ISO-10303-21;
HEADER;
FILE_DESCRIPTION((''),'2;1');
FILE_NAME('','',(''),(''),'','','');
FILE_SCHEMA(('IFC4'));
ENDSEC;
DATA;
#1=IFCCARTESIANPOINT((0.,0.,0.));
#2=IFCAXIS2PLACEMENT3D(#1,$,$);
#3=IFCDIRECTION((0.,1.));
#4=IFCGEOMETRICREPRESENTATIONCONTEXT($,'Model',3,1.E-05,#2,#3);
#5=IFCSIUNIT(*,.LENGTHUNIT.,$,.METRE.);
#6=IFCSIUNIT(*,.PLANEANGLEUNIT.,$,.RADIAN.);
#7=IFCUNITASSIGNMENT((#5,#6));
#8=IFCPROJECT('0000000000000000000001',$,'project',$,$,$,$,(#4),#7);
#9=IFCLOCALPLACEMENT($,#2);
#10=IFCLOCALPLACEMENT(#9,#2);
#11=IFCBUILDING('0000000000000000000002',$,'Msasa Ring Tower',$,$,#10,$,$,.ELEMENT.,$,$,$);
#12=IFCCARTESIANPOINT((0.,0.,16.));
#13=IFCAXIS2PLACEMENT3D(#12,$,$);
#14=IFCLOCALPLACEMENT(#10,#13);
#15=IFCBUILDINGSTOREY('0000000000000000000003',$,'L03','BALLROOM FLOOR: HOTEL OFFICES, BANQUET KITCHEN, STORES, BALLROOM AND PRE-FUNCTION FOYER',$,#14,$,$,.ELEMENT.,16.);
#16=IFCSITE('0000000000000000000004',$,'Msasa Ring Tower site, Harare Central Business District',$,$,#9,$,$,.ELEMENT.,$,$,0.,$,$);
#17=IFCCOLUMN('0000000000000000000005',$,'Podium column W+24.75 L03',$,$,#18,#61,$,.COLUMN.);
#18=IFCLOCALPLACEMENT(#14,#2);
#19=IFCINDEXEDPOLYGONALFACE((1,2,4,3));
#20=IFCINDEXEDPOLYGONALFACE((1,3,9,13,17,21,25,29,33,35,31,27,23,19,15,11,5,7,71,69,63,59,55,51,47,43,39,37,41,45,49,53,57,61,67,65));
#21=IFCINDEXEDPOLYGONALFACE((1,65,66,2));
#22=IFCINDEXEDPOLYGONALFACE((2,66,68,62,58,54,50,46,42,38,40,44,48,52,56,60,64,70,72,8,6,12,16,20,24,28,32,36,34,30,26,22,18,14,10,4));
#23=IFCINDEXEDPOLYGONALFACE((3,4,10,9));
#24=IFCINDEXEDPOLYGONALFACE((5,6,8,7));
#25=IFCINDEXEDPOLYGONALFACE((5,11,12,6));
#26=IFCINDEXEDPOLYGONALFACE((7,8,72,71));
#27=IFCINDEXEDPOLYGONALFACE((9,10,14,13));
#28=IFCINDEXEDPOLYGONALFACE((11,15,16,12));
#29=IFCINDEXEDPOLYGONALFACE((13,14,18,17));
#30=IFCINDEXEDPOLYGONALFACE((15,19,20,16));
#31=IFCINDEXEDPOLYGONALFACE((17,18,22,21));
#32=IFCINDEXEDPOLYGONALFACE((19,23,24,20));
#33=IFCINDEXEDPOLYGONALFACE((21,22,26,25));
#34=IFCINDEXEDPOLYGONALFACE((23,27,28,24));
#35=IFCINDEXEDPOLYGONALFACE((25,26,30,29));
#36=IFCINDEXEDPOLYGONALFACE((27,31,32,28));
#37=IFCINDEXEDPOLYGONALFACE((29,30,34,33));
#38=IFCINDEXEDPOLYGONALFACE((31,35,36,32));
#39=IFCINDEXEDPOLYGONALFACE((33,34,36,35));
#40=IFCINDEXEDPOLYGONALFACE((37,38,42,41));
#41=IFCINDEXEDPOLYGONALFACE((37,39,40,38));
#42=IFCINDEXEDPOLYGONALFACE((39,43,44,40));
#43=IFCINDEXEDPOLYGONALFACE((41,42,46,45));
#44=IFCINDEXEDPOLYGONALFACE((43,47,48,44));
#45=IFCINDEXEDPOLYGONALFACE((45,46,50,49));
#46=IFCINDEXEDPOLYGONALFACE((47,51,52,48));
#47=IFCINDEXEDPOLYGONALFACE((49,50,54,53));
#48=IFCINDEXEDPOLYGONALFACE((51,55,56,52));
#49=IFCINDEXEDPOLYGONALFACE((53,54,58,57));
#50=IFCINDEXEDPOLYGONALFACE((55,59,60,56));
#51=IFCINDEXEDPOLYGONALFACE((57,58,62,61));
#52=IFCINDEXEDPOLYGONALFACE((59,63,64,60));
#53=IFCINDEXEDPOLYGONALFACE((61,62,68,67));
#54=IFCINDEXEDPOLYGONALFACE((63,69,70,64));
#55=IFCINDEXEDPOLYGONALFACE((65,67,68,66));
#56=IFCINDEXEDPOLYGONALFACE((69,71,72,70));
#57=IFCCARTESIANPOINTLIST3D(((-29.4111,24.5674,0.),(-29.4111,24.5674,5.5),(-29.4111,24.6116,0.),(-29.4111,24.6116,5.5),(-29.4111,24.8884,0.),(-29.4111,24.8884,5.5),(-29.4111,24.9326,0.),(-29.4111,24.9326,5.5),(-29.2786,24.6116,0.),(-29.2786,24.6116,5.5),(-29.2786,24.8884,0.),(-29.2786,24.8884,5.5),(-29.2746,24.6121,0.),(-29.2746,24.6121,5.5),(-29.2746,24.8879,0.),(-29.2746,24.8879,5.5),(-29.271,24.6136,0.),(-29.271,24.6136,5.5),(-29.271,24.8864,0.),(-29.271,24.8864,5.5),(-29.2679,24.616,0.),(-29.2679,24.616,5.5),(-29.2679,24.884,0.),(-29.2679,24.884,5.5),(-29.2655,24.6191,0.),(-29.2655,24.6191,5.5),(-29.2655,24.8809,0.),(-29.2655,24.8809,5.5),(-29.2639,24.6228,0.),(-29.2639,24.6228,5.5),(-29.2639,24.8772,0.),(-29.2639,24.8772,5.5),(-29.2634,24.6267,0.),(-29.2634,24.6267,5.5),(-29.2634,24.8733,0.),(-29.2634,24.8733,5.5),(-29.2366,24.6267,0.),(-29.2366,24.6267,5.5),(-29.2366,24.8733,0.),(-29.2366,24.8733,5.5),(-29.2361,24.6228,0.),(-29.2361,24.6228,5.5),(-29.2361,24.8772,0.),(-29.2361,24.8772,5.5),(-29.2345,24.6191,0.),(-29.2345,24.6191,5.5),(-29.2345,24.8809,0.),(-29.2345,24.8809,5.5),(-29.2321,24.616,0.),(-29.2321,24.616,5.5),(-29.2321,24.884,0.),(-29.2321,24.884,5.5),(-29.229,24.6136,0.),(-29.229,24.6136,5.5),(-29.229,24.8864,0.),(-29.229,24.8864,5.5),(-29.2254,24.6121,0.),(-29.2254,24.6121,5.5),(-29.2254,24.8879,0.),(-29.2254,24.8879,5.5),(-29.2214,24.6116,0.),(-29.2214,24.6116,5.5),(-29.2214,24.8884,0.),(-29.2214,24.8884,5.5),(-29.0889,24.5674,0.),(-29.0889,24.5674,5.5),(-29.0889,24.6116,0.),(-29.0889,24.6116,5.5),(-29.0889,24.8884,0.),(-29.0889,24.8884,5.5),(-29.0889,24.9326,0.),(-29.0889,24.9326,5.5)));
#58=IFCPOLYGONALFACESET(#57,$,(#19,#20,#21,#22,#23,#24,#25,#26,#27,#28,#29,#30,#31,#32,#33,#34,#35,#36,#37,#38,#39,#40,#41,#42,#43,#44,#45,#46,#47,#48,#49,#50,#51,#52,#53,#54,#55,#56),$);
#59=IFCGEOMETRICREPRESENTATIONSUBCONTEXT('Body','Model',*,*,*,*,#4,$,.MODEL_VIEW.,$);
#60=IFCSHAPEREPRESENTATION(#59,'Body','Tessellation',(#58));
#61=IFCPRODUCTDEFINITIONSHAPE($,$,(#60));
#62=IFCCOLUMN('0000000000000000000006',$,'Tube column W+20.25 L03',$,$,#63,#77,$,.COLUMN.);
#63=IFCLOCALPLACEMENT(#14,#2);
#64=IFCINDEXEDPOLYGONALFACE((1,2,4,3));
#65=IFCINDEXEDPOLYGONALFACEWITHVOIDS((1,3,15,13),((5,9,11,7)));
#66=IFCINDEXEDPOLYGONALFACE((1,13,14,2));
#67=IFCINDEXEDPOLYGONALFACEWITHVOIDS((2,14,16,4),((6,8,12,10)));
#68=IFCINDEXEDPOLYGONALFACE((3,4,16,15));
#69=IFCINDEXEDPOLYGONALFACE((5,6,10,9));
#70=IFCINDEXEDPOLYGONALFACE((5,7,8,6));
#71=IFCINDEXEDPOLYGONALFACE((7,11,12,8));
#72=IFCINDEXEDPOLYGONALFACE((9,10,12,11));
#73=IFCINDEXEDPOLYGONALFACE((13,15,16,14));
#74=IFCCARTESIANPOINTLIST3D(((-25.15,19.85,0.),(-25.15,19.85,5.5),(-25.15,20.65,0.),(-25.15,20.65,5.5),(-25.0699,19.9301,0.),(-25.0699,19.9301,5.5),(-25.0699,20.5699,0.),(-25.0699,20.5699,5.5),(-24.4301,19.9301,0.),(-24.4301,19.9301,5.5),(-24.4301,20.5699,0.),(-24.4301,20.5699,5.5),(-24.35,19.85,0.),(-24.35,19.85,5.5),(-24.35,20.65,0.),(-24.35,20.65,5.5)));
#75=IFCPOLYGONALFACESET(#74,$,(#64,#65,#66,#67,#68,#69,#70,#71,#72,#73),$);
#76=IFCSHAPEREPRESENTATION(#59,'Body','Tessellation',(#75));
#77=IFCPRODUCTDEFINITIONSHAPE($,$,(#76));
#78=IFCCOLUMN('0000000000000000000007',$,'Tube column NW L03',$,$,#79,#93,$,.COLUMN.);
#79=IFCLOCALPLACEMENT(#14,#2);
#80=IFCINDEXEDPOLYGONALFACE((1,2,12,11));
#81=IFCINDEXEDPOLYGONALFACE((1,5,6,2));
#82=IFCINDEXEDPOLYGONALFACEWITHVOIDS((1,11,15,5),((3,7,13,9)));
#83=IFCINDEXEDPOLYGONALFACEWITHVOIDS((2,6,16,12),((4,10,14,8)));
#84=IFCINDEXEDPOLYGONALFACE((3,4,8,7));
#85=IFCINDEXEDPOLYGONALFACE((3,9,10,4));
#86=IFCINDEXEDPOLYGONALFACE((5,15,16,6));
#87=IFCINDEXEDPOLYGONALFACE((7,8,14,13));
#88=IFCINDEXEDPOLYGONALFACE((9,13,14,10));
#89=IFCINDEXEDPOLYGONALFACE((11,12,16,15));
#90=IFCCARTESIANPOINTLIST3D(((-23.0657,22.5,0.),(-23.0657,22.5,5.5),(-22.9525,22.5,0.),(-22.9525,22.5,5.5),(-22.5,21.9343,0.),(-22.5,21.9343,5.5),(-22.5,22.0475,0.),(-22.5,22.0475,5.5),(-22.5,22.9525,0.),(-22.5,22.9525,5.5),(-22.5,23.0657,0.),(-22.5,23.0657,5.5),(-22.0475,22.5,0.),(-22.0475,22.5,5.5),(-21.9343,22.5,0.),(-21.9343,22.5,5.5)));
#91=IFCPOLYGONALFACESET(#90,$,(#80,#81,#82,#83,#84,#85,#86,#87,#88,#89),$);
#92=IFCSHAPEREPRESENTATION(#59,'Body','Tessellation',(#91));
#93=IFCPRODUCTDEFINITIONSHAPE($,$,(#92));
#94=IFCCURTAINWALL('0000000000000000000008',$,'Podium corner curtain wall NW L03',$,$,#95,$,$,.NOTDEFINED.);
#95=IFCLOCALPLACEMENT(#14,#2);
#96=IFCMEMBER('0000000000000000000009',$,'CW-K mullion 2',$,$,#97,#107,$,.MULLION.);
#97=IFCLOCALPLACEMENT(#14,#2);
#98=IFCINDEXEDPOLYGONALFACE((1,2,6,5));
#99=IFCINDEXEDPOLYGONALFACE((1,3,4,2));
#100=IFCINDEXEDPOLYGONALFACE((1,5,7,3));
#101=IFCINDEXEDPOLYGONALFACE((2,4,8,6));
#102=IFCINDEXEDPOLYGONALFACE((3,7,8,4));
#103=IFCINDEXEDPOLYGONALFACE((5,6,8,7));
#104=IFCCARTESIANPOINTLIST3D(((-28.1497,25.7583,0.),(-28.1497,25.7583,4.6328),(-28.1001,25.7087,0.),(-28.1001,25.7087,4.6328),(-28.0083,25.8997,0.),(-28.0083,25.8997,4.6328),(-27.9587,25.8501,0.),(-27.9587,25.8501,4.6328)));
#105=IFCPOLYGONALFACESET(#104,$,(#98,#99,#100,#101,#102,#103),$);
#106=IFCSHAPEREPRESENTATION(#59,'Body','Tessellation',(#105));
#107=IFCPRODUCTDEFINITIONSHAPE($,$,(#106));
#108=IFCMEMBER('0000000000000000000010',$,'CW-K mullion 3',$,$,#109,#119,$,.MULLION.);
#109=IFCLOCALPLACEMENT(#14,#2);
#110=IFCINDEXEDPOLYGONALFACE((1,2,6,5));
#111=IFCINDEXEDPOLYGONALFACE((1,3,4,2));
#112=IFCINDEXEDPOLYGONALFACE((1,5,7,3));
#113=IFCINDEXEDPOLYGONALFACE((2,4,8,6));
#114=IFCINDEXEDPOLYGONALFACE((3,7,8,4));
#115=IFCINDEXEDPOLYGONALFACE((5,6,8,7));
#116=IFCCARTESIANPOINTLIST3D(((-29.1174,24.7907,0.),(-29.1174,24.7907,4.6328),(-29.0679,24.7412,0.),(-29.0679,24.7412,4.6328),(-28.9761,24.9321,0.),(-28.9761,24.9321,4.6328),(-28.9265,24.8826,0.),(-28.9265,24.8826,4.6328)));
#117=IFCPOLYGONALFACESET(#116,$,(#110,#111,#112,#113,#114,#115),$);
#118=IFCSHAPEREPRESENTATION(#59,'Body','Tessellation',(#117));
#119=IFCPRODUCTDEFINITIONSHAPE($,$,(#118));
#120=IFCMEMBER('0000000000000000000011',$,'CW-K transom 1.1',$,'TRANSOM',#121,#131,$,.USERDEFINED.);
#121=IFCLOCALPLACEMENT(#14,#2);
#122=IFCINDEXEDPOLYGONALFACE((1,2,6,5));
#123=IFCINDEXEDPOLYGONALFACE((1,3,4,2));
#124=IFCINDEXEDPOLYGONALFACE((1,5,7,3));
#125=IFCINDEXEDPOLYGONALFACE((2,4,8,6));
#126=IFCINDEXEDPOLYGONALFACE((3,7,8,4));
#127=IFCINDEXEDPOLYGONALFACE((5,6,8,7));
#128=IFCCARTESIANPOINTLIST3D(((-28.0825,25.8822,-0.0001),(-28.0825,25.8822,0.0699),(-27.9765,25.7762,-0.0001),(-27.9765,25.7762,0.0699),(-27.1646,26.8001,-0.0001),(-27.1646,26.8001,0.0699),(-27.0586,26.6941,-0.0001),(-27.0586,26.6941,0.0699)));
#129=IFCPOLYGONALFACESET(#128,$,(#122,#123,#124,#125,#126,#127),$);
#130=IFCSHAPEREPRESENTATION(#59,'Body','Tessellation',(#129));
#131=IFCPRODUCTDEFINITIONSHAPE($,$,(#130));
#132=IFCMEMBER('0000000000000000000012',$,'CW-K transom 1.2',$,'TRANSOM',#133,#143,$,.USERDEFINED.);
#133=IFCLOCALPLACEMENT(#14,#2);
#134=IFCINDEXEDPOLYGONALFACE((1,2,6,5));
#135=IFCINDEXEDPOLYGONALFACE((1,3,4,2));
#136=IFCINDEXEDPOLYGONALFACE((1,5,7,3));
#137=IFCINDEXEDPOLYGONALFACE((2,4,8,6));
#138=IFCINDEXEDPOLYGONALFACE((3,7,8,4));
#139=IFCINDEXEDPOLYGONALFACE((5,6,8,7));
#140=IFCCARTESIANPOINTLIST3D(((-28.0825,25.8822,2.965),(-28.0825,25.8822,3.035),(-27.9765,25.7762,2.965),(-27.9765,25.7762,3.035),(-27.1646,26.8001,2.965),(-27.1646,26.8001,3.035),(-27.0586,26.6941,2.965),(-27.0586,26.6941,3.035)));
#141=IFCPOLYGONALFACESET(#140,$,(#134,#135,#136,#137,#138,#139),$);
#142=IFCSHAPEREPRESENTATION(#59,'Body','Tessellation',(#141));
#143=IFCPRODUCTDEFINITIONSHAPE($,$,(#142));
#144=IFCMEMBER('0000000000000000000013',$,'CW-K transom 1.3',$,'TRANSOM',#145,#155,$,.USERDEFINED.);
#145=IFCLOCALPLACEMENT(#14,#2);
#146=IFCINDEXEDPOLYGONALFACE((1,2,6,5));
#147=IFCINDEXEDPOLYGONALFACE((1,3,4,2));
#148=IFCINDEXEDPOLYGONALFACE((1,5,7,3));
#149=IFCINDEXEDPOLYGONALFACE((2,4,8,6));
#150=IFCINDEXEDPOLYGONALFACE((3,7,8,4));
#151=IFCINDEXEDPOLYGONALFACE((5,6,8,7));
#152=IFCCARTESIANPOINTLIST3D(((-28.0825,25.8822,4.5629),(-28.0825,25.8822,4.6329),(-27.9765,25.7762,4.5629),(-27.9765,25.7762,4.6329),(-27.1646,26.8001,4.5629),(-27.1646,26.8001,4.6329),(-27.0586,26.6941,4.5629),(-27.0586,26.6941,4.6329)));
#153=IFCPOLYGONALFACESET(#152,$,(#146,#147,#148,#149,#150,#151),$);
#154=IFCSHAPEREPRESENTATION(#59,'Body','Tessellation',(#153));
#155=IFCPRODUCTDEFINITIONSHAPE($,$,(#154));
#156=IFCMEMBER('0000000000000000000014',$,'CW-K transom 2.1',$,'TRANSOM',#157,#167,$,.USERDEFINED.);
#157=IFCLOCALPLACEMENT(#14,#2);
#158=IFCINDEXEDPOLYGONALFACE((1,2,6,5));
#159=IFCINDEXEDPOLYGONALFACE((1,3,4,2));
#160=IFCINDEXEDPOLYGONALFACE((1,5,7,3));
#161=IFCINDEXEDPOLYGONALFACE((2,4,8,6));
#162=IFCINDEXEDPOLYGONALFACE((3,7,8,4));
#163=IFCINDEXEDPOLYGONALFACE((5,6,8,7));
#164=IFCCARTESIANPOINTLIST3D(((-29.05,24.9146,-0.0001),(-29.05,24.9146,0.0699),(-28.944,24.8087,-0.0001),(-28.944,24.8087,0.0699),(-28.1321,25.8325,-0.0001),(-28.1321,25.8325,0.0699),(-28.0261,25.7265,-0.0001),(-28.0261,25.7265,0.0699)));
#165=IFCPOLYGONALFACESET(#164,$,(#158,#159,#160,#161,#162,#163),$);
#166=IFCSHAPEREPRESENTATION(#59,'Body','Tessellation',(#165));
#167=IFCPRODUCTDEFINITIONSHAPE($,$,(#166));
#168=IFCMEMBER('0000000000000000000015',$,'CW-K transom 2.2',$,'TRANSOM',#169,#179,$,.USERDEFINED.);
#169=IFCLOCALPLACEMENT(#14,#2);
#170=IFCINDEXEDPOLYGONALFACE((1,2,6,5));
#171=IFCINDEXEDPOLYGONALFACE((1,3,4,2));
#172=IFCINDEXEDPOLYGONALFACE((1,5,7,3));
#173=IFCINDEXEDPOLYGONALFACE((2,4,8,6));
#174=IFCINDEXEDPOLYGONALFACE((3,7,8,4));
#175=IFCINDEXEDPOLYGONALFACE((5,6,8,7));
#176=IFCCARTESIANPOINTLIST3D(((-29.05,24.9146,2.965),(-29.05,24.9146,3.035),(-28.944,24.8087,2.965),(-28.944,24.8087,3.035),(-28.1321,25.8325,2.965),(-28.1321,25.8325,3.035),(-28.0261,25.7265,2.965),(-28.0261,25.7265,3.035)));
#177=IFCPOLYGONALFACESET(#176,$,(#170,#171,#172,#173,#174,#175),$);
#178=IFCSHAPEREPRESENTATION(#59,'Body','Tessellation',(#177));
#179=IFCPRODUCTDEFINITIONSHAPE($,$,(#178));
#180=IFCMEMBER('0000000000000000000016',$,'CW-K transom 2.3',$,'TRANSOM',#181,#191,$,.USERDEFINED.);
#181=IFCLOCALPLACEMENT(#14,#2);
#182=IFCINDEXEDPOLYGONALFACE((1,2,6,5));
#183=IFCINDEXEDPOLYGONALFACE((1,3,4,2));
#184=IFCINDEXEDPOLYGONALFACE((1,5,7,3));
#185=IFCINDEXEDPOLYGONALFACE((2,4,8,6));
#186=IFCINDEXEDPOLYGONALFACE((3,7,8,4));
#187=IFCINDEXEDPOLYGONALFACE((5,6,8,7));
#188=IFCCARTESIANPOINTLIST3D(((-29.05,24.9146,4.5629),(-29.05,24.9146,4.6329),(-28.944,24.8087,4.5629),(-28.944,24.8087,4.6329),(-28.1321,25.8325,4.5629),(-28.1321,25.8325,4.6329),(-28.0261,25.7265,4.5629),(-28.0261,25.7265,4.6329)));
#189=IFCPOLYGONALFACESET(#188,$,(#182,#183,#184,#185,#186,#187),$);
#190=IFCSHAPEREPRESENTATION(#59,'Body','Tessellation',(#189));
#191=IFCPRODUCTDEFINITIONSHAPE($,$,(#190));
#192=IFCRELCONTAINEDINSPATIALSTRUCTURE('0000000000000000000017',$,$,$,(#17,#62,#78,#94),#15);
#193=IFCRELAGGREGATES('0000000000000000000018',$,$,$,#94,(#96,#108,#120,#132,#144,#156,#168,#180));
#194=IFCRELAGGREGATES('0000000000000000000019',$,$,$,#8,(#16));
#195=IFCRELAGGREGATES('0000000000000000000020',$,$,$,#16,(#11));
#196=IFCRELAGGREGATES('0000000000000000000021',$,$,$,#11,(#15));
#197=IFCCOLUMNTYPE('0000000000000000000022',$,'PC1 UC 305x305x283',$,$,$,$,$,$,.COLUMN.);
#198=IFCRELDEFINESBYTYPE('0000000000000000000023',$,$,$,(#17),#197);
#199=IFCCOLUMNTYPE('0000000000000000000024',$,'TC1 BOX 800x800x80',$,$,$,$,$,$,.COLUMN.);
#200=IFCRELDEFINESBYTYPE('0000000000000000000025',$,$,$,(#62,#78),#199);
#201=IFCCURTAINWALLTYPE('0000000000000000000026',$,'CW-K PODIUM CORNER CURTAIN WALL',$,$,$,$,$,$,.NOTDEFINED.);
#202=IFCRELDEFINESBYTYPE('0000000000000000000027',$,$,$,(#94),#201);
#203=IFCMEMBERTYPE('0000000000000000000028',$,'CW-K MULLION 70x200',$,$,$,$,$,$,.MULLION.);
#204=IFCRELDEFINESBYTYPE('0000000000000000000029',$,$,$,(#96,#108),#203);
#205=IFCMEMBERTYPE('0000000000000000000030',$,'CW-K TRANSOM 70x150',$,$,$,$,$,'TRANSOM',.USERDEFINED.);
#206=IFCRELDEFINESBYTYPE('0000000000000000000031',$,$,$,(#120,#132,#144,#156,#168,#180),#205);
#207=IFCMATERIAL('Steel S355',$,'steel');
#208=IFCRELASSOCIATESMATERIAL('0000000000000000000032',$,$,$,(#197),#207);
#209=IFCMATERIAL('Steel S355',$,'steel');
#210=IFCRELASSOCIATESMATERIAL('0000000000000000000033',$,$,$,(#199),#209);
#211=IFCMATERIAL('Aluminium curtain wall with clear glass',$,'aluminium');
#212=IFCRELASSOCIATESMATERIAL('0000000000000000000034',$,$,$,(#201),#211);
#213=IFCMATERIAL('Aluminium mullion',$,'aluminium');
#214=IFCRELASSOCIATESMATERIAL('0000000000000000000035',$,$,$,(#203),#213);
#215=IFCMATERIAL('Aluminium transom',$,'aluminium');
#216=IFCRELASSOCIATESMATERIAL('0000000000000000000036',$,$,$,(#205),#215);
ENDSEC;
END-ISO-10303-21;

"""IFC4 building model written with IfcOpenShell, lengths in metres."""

from ifc_helpers import new_model, si_unit, direction, frame, origin, origin_2d, place, context, subcontext, project, spatial, rectangle, hollow_rectangle, i_section, extrude, material, material_profile, profile_set, type_object, element, aggregate, save


model = new_model("IFC4")

# Units and contexts
model_context = context("Model", 3, precision=1e-05, world=origin(), true_north=direction((0.0, 1.0)))
body_context = subcontext(model_context, "Body", "Model", "MODEL_VIEW")
ifc_project = project(units=[si_unit("LENGTHUNIT", "METRE"), si_unit("PLANEANGLEUNIT", "RADIAN")], contexts=[model_context])

# Site, building, storey
site_placement = place(None, origin())
site = spatial("IfcSite", under=ifc_project, at=site_placement, Name="Msasa Ring Tower site, Harare Central Business District", CompositionType="ELEMENT", RefElevation=0.0)
building_placement = place(site_placement, origin())
building = spatial("IfcBuilding", under=site, at=building_placement, Name="Msasa Ring Tower", CompositionType="ELEMENT")
storey_placement = place(building_placement, frame((0.0, 0.0, 16.0)))
storey = spatial("IfcBuildingStorey", under=building, at=storey_placement, Name="L03", Description="BALLROOM FLOOR: HOTEL OFFICES, BANQUET KITCHEN, STORES, BALLROOM AND PRE-FUNCTION FOYER", CompositionType="ELEMENT", Elevation=16.0)

# Columns
ifc_material_1 = material(Name="Steel S355", Category="steel")
ifc_material_profile_1 = material_profile(ifc_material_1, i_section(OverallWidth=0.3223, OverallDepth=0.3652, WebThickness=0.0269, FlangeThickness=0.0442, FilletRadius=0.0151, at=origin_2d()), Name="UC 305x305x283")
ifc_profile_set_1 = profile_set([ifc_material_profile_1], Name="Steel S355")
column_type_1 = type_object("IfcColumnType", Name="PC1 UC 305x305x283", PredefinedType="COLUMN", material=ifc_profile_set_1)
column_placement = place(storey_placement, frame((-29.25, 24.75, 0.0), z_axis=(0.0, 0.0, 1.0), x_axis=(1.0, 0.0, 0.0)))
element("IfcColumn", 1, at=column_placement, inside=storey, type_object=column_type_1, Name="Podium column W+24.75 L03", PredefinedType="COLUMN", context=body_context, shape_type="SweptSolid", body=[
    extrude(i_section(OverallWidth=0.3223, OverallDepth=0.3652, WebThickness=0.0269, FlangeThickness=0.0442, FilletRadius=0.0151, at=origin_2d()), origin(), (0.0, 0.0, 1.0), 5.5),
])
ifc_material_2 = material(Name="Steel S355", Category="steel")
ifc_material_profile_2 = material_profile(ifc_material_2, hollow_rectangle(XDim=0.8, YDim=0.8, WallThickness=0.0801, at=origin_2d()), Name="BOX 800x800x80")
ifc_profile_set_2 = profile_set([ifc_material_profile_2], Name="Steel S355")
column_type_2 = type_object("IfcColumnType", Name="TC1 BOX 800x800x80", PredefinedType="COLUMN", material=ifc_profile_set_2)
for number, where, z_axis, x_axis, name in (
    (2, (-24.75, 20.25, 0.0), (0.0, 0.0, 1.0), (1.0, 0.0, 0.0), "Tube column W+20.25 L03"),
    (3, (-22.5, 22.5, 0.0), (0.0, 0.0, 1.0), (0.707107, -0.707107, 0.0), "Tube column NW L03"),
):
    element("IfcColumn", number, at=place(storey_placement, frame(where, z_axis=z_axis, x_axis=x_axis)), inside=storey, type_object=column_type_2, Name=name, PredefinedType="COLUMN", context=body_context, shape_type="SweptSolid", body=[
        extrude(hollow_rectangle(XDim=0.8, YDim=0.8, WallThickness=0.0801, at=origin_2d()), origin(), (0.0, 0.0, 1.0), 5.5),
    ])

# Curtain wall, members
ifc_material_3 = material(Name="Aluminium curtain wall with clear glass", Category="aluminium")
curtain_wall_type = type_object("IfcCurtainWallType", Name="CW-K PODIUM CORNER CURTAIN WALL", PredefinedType="NOTDEFINED", material=ifc_material_3)
curtain_wall_placement = place(storey_placement, origin())
curtain_wall = element("IfcCurtainWall", 4, at=curtain_wall_placement, inside=storey, type_object=curtain_wall_type, Name="Podium corner curtain wall NW L03", PredefinedType="NOTDEFINED")
ifc_material_4 = material(Name="Aluminium mullion", Category="aluminium")
ifc_material_profile_3 = material_profile(ifc_material_4, rectangle(XDim=0.0701, YDim=0.2, at=origin_2d()), Name="AL 70x200")
ifc_profile_set_3 = profile_set([ifc_material_profile_3], Name="Aluminium mullion")
member_type_1 = type_object("IfcMemberType", Name="CW-K MULLION 70x200", PredefinedType="MULLION", material=ifc_profile_set_3)
member_1_placement = place(storey_placement, frame((-28.0542, 25.8042, 0.0), z_axis=(0.0, 0.0, 1.0), x_axis=(0.707107, -0.707107, 0.0)))
member_1 = element("IfcMember", 5, at=member_1_placement, type_object=member_type_1, Name="CW-K mullion 2", PredefinedType="MULLION", context=body_context, shape_type="SweptSolid", body=[
    extrude(rectangle(XDim=0.0701, YDim=0.2, at=origin_2d()), origin(), (0.0, 0.0, 1.0), 4.6328),
])
member_2_placement = place(storey_placement, frame((-29.022, 24.8367, 0.0), z_axis=(0.0, 0.0, 1.0), x_axis=(0.707107, -0.707107, 0.0)))
member_2 = element("IfcMember", 6, at=member_2_placement, type_object=member_type_1, Name="CW-K mullion 3", PredefinedType="MULLION", context=body_context, shape_type="SweptSolid", body=[
    extrude(rectangle(XDim=0.0701, YDim=0.2, at=origin_2d()), origin(), (0.0, 0.0, 1.0), 4.6328),
])
ifc_material_5 = material(Name="Aluminium transom", Category="aluminium")
ifc_material_profile_4 = material_profile(ifc_material_5, rectangle(XDim=0.1499, YDim=0.0701, at=origin_2d()), Name="AL 70x150")
ifc_profile_set_4 = profile_set([ifc_material_profile_4], Name="Aluminium transom")
member_type_2 = type_object("IfcMemberType", Name="CW-K TRANSOM 70x150", ElementType="TRANSOM", PredefinedType="USERDEFINED", material=ifc_profile_set_4)
member_3_placement = place(storey_placement, frame((-27.1116, 26.7471, 0.0349), z_axis=(-0.707107, -0.707107, 0.0), x_axis=(0.707107, -0.707107, 0.0)))
member_3 = element("IfcMember", 7, at=member_3_placement, type_object=member_type_2, Name="CW-K transom 1.1", ObjectType="TRANSOM", PredefinedType="USERDEFINED", context=body_context, shape_type="SweptSolid", body=[
    extrude(rectangle(XDim=0.1499, YDim=0.0701, at=origin_2d()), origin(), (0.0, 0.0, 1.0), 1.2981),
])
member_4_placement = place(storey_placement, frame((-27.1116, 26.7471, 3.0), z_axis=(-0.707107, -0.707107, 0.0), x_axis=(0.707107, -0.707107, 0.0)))
member_4 = element("IfcMember", 8, at=member_4_placement, type_object=member_type_2, Name="CW-K transom 1.2", ObjectType="TRANSOM", PredefinedType="USERDEFINED", context=body_context, shape_type="SweptSolid", body=[
    extrude(rectangle(XDim=0.1499, YDim=0.0701, at=origin_2d()), origin(), (0.0, 0.0, 1.0), 1.2981),
])
member_5_placement = place(storey_placement, frame((-27.1116, 26.7471, 4.5979), z_axis=(-0.707107, -0.707107, 0.0), x_axis=(0.707107, -0.707107, 0.0)))
member_5 = element("IfcMember", 9, at=member_5_placement, type_object=member_type_2, Name="CW-K transom 1.3", ObjectType="TRANSOM", PredefinedType="USERDEFINED", context=body_context, shape_type="SweptSolid", body=[
    extrude(rectangle(XDim=0.1499, YDim=0.0701, at=origin_2d()), origin(), (0.0, 0.0, 1.0), 1.2981),
])
member_6_placement = place(storey_placement, frame((-28.0791, 25.7795, 0.0349), z_axis=(-0.707107, -0.707107, 0.0), x_axis=(0.707107, -0.707107, 0.0)))
member_6 = element("IfcMember", 10, at=member_6_placement, type_object=member_type_2, Name="CW-K transom 2.1", ObjectType="TRANSOM", PredefinedType="USERDEFINED", context=body_context, shape_type="SweptSolid", body=[
    extrude(rectangle(XDim=0.1499, YDim=0.0701, at=origin_2d()), origin(), (0.0, 0.0, 1.0), 1.2981),
])
member_7_placement = place(storey_placement, frame((-28.0791, 25.7795, 3.0), z_axis=(-0.707107, -0.707107, 0.0), x_axis=(0.707107, -0.707107, 0.0)))
member_7 = element("IfcMember", 11, at=member_7_placement, type_object=member_type_2, Name="CW-K transom 2.2", ObjectType="TRANSOM", PredefinedType="USERDEFINED", context=body_context, shape_type="SweptSolid", body=[
    extrude(rectangle(XDim=0.1499, YDim=0.0701, at=origin_2d()), origin(), (0.0, 0.0, 1.0), 1.2981),
])
member_8_placement = place(storey_placement, frame((-28.0791, 25.7795, 4.5979), z_axis=(-0.707107, -0.707107, 0.0), x_axis=(0.707107, -0.707107, 0.0)))
member_8 = element("IfcMember", 12, at=member_8_placement, type_object=member_type_2, Name="CW-K transom 2.3", ObjectType="TRANSOM", PredefinedType="USERDEFINED", context=body_context, shape_type="SweptSolid", body=[
    extrude(rectangle(XDim=0.1499, YDim=0.0701, at=origin_2d()), origin(), (0.0, 0.0, 1.0), 1.2981),
])

aggregate(curtain_wall, [member_1, member_2, member_3, member_4, member_5, member_6, member_7, member_8])

save(model, "model.ifc")
